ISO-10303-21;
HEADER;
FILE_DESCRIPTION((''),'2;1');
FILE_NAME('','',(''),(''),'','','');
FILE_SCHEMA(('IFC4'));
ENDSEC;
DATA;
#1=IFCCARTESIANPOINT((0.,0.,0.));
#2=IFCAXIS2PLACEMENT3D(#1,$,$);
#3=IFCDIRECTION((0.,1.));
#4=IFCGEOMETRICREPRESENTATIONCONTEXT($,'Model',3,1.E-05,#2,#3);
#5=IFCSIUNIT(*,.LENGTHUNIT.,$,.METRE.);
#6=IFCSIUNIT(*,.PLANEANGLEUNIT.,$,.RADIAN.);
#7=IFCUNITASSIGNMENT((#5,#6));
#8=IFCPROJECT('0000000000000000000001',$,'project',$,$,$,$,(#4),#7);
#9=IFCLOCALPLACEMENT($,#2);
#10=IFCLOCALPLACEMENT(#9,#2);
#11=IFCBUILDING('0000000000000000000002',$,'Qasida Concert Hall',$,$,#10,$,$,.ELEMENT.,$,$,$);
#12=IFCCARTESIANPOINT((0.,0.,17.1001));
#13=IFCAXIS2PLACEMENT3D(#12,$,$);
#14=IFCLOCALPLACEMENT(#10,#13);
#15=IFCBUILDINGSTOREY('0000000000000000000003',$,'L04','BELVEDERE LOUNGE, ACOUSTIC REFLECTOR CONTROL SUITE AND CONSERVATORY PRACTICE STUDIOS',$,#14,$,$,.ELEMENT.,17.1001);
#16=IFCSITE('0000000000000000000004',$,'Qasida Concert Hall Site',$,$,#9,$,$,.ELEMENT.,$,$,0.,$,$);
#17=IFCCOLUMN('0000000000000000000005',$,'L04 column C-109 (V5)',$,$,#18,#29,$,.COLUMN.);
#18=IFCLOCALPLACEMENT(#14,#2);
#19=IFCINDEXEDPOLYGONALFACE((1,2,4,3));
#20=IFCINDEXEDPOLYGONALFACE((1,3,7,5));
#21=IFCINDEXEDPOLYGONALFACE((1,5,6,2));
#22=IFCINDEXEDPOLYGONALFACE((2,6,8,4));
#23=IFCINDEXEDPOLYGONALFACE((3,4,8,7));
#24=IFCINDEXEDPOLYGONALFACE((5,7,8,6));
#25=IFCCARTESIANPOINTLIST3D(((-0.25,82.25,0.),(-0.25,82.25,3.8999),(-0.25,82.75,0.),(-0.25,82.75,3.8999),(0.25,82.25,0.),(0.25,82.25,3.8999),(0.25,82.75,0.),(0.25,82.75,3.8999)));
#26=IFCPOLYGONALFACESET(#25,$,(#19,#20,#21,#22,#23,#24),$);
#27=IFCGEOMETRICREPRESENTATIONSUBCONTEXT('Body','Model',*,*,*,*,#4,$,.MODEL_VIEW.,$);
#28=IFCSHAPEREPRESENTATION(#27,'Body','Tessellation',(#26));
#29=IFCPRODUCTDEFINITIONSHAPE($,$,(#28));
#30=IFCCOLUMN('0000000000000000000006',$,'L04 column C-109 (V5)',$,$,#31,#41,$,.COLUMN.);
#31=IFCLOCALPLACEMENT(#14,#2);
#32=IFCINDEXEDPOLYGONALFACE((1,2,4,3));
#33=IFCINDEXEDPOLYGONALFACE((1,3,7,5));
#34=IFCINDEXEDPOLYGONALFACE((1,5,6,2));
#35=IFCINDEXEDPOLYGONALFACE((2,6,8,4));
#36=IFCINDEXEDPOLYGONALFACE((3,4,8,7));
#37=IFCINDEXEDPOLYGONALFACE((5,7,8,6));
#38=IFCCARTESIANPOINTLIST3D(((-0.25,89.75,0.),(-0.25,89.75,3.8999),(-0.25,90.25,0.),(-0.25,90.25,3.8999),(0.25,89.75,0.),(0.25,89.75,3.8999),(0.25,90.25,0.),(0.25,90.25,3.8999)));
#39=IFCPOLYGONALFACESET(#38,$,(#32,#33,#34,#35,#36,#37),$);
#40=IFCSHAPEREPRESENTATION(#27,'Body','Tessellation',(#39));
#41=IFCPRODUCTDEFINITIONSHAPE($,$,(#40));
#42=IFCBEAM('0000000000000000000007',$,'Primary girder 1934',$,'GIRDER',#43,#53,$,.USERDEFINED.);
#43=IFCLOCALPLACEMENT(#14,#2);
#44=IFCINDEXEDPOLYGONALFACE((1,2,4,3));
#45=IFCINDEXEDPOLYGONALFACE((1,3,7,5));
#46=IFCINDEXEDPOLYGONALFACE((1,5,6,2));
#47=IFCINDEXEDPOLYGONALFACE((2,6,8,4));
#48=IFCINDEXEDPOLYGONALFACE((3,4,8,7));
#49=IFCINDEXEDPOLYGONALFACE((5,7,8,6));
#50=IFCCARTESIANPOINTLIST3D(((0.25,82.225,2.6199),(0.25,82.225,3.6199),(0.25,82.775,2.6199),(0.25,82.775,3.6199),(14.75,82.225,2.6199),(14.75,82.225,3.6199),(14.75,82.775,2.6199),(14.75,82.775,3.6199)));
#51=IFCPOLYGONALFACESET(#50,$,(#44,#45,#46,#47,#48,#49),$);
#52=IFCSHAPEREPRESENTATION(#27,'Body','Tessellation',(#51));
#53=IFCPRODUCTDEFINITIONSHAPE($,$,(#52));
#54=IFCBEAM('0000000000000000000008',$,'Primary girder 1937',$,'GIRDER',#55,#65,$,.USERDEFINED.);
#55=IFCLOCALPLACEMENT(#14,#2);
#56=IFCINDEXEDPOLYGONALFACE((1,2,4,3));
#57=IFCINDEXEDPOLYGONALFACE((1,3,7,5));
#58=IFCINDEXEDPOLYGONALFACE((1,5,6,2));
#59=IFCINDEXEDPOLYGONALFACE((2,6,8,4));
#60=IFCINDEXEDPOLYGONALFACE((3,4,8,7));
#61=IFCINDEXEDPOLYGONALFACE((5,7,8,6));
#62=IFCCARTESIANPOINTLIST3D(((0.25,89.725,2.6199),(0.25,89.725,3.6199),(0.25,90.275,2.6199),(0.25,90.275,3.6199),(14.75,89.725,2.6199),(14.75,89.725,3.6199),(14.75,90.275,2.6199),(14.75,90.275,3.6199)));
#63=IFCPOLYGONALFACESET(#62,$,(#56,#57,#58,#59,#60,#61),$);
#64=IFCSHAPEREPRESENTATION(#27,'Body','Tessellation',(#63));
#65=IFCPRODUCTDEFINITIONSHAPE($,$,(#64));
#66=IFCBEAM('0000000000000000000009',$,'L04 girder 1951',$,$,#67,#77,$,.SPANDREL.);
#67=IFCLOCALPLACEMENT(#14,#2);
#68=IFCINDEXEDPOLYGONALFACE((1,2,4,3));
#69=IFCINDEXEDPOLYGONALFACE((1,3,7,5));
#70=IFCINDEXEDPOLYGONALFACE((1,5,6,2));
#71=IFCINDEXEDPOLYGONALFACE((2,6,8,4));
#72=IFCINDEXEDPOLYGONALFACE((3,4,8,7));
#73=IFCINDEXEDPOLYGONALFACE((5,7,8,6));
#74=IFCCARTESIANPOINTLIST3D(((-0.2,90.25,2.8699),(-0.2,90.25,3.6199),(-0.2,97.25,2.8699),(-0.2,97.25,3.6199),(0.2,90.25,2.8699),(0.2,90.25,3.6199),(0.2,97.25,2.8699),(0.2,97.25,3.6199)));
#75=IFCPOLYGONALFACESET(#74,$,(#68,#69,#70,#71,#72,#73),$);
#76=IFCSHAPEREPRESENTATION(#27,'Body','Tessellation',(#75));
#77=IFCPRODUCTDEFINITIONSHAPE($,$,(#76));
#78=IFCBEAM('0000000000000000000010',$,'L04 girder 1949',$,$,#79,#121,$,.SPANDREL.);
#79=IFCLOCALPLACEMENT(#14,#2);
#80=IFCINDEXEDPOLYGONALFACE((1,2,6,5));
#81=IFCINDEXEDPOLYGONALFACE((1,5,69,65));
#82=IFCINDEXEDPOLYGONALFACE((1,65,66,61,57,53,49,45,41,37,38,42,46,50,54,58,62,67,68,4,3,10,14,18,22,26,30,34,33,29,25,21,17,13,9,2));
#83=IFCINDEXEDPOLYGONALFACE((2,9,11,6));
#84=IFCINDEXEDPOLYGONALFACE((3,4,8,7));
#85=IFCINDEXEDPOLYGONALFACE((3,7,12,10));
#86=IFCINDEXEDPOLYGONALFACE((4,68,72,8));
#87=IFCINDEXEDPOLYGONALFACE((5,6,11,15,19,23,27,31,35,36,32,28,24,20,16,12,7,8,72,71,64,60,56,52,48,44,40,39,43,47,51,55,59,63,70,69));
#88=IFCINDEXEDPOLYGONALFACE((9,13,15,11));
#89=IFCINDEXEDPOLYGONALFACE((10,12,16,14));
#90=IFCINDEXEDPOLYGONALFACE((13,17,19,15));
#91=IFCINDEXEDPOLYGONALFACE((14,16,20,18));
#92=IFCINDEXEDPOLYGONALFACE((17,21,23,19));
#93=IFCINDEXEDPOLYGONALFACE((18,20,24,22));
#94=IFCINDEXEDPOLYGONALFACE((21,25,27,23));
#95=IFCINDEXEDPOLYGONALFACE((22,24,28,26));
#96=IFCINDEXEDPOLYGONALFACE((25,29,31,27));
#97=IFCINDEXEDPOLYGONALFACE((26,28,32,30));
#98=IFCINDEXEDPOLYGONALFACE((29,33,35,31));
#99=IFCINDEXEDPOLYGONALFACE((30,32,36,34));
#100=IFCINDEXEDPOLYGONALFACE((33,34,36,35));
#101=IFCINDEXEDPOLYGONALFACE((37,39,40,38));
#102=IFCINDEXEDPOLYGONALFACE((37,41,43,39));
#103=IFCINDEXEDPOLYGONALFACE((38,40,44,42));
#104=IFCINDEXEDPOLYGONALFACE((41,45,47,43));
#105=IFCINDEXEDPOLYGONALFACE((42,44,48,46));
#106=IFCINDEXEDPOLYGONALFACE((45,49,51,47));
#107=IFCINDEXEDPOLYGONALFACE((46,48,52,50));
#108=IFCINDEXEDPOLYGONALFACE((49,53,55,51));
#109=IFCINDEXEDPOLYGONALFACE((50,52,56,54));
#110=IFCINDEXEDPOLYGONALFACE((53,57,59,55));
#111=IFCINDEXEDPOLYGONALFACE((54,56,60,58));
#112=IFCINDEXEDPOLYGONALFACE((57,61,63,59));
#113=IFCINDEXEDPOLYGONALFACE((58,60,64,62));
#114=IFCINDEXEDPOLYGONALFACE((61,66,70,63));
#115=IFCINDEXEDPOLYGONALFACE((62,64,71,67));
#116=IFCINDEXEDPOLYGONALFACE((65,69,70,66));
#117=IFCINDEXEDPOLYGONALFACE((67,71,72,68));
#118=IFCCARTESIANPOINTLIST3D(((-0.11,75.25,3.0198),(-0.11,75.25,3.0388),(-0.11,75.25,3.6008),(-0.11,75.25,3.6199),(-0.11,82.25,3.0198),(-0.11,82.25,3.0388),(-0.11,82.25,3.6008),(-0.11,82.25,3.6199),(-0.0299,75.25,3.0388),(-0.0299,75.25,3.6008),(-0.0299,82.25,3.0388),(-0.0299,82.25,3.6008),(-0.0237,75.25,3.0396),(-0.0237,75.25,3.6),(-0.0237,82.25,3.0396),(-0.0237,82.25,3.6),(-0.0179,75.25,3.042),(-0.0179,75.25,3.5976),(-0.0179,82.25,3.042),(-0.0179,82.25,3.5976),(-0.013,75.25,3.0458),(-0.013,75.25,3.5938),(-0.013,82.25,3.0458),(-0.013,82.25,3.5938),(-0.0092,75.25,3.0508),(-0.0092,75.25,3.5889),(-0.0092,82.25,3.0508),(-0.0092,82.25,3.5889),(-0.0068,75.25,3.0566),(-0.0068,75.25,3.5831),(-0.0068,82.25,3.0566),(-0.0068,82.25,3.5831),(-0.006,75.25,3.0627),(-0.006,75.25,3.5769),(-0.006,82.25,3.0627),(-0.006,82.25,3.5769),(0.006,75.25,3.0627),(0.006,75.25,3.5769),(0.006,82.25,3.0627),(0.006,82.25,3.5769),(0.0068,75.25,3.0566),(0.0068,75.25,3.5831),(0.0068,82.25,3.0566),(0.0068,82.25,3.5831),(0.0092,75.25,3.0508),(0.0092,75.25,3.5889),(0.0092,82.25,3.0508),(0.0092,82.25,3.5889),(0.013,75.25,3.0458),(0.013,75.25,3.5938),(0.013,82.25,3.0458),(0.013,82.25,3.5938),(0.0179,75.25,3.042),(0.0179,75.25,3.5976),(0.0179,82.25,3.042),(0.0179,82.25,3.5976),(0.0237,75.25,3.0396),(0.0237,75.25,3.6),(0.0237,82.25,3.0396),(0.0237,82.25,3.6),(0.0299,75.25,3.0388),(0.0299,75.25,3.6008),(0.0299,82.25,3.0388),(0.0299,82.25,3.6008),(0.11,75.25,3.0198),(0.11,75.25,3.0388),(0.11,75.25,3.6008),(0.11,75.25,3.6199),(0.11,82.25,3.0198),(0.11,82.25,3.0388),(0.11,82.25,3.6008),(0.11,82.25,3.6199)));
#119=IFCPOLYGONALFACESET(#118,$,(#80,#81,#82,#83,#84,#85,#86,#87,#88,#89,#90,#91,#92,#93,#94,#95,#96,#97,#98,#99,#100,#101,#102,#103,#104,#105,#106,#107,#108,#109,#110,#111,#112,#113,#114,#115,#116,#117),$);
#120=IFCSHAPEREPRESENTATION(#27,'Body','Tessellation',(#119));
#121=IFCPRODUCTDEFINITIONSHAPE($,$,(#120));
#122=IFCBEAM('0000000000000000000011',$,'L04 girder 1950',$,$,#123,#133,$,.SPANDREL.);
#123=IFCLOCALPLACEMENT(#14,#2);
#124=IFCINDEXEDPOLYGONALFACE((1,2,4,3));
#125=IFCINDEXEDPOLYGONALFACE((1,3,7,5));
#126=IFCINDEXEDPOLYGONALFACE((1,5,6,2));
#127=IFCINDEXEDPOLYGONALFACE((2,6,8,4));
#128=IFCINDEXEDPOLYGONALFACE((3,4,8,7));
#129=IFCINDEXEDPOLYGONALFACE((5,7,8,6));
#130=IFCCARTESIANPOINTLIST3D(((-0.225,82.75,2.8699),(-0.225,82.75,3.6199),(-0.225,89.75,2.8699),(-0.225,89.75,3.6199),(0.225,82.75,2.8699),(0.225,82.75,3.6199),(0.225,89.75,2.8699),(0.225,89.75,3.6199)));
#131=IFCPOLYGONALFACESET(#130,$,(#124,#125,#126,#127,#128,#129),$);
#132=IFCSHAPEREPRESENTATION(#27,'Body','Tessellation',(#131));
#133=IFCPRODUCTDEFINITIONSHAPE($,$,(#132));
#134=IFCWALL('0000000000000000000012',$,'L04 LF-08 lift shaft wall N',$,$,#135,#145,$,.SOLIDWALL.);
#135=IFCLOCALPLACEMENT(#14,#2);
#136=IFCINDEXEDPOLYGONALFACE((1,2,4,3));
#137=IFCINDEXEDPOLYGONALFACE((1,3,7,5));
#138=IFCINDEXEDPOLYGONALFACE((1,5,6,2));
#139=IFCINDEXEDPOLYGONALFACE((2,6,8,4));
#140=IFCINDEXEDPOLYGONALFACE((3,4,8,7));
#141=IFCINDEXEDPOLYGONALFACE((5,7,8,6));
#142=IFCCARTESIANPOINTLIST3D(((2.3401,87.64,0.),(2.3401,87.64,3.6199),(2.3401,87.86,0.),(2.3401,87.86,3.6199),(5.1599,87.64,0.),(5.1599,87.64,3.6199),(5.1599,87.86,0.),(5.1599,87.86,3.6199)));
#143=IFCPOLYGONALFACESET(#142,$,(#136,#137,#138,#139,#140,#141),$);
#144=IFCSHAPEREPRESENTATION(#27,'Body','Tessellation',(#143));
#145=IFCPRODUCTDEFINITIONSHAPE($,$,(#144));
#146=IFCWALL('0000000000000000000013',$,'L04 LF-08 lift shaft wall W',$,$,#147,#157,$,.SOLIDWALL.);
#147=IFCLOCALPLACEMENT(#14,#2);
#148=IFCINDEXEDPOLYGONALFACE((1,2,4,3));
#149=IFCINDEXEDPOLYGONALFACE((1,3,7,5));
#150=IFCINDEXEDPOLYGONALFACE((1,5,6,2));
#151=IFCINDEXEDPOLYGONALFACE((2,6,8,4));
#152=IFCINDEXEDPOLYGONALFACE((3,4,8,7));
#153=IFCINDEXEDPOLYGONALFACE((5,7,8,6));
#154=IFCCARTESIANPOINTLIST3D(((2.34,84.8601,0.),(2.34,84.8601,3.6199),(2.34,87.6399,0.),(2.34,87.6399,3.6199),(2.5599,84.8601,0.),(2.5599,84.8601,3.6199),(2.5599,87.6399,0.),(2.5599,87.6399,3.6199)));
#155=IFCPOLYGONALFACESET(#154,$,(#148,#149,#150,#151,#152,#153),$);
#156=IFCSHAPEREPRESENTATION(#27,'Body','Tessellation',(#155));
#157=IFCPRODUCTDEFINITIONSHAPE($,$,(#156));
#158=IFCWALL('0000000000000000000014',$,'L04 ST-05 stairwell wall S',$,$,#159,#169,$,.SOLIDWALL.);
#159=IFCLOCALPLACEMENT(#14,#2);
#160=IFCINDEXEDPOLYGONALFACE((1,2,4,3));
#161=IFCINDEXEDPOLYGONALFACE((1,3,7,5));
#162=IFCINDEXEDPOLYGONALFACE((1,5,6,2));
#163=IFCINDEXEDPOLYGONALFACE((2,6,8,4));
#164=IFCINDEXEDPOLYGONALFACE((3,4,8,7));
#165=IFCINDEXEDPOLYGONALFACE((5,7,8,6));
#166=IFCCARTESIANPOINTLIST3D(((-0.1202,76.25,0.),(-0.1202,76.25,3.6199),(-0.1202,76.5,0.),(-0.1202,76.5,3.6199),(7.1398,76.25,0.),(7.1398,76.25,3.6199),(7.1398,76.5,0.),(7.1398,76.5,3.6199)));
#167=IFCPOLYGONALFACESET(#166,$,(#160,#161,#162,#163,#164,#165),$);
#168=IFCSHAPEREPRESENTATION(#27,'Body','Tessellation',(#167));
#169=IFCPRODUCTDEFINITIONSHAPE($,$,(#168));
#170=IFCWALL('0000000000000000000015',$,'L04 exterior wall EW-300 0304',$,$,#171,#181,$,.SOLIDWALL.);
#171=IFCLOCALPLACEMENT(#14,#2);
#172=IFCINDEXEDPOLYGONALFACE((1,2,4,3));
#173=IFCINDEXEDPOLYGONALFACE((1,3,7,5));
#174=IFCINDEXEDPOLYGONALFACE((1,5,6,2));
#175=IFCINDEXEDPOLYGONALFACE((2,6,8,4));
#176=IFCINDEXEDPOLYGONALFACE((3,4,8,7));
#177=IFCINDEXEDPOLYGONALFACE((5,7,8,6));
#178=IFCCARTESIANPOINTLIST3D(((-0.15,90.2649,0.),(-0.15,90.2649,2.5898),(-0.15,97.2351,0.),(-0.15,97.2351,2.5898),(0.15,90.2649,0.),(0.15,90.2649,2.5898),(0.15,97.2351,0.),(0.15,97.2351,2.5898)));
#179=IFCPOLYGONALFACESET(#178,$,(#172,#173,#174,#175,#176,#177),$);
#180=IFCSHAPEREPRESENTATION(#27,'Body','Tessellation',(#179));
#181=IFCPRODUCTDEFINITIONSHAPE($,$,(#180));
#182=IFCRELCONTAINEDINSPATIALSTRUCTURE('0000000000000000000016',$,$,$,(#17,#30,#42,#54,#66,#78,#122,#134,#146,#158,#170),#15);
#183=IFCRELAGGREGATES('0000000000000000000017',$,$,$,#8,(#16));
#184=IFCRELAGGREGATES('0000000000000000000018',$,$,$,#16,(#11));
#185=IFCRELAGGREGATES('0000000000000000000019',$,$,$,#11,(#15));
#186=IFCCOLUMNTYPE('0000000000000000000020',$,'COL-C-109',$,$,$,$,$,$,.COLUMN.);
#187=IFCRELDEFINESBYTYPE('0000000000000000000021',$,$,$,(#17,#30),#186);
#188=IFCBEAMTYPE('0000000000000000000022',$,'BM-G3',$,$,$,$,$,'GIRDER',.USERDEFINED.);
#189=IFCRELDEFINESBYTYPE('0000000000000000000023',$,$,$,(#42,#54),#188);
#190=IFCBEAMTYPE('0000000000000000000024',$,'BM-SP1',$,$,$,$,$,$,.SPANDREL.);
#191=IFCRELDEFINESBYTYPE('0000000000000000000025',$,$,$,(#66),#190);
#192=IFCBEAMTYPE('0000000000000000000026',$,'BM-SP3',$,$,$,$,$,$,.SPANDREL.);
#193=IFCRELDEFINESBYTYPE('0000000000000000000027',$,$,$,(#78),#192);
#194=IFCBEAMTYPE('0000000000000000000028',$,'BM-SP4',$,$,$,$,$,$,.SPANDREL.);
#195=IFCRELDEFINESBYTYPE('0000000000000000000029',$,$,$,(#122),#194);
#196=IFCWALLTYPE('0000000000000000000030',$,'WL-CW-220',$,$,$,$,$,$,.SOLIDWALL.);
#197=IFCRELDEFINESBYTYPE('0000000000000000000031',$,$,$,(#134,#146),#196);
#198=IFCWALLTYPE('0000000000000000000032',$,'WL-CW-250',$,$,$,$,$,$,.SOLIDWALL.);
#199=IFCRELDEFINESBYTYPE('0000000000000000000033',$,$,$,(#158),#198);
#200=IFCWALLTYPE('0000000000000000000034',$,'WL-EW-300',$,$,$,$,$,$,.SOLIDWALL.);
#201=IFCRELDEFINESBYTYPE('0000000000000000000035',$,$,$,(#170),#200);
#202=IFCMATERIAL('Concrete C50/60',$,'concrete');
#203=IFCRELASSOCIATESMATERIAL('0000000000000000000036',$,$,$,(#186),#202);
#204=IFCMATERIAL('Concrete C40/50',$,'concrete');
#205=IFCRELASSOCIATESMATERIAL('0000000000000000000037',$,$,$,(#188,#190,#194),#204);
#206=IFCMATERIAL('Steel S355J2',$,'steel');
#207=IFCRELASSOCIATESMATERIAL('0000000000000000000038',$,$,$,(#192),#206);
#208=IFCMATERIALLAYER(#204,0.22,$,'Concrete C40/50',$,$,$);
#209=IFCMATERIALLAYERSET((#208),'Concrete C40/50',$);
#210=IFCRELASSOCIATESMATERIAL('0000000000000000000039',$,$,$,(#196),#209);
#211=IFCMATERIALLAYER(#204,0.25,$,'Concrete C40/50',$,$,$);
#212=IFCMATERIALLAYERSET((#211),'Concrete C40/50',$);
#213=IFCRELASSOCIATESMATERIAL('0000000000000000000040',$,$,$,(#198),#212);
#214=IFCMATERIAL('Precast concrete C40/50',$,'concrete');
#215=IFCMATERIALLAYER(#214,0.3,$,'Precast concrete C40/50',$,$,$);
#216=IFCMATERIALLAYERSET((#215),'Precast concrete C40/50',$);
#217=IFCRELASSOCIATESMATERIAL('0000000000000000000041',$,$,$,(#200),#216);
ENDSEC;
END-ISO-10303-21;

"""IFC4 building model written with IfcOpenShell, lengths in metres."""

from ifc_helpers import new_model, si_unit, direction, frame, frame_2d, origin, origin_2d, place, context, subcontext, project, spatial, rectangle, i_section, extrude, material, layer, layer_set, material_profile, profile_set, type_object, element, save


model = new_model("IFC4")

# Units and contexts
model_context = context("Model", 3, precision=1e-05, world=origin(), true_north=direction((0.0, 1.0)))
body_context = subcontext(model_context, "Body", "Model", "MODEL_VIEW")
ifc_project = project(units=[si_unit("LENGTHUNIT", "METRE"), si_unit("PLANEANGLEUNIT", "RADIAN")], contexts=[model_context])

# Site, building, storey
site_placement = place(None, origin())
site = spatial("IfcSite", under=ifc_project, at=site_placement, Name="Qasida Concert Hall Site", CompositionType="ELEMENT", RefElevation=0.0)
building_placement = place(site_placement, origin())
building = spatial("IfcBuilding", under=site, at=building_placement, Name="Qasida Concert Hall", CompositionType="ELEMENT")
storey_placement = place(building_placement, frame((0.0, 0.0, 17.1001)))
storey = spatial("IfcBuildingStorey", under=building, at=storey_placement, Name="L04", Description="BELVEDERE LOUNGE, ACOUSTIC REFLECTOR CONTROL SUITE AND CONSERVATORY PRACTICE STUDIOS", CompositionType="ELEMENT", Elevation=17.1001)

# Columns
ifc_material_1 = material(Name="Concrete C50/60", Category="concrete")
ifc_material_profile_1 = material_profile(ifc_material_1, rectangle(XDim=0.5, YDim=0.5, at=origin_2d()), Name="RC 500x500")
ifc_profile_set_1 = profile_set([ifc_material_profile_1], Name="Concrete C50/60")
column_type = type_object("IfcColumnType", Name="COL-C-109", PredefinedType="COLUMN", material=ifc_profile_set_1)
for number, where, z_axis, x_axis, name in (
    (1, (0.0, 82.5, 0.0), (0.0, 0.0, 1.0), (1.0, 0.0, 0.0), "L04 column C-109 (V5)"),
    (2, (0.0, 90.0, 0.0), (0.0, 0.0, 1.0), (1.0, 0.0, 0.0), "L04 column C-109 (V5)"),
):
    element("IfcColumn", number, at=place(storey_placement, frame(where, z_axis=z_axis, x_axis=x_axis)), inside=storey, type_object=column_type, Name=name, PredefinedType="COLUMN", context=body_context, shape_type="SweptSolid", body=[
        extrude(rectangle(XDim=0.5, YDim=0.5, at=origin_2d()), origin(), (0.0, 0.0, 1.0), 3.8999),
    ])

# Beams
ifc_material_2 = material(Name="Concrete C40/50", Category="concrete")
ifc_material_profile_2 = material_profile(ifc_material_2, rectangle(XDim=0.55, YDim=1.0, at=origin_2d()), Name="RC 550x1000")
ifc_profile_set_2 = profile_set([ifc_material_profile_2], Name="Concrete C40/50")
beam_type_1 = type_object("IfcBeamType", Name="BM-G3", ElementType="GIRDER", PredefinedType="USERDEFINED", material=ifc_profile_set_2)
for number, where, z_axis, x_axis, name in (
    (3, (0.25, 82.5, 3.1199), (1.0, 0.0, 0.0), (0.0, 1.0, 0.0), "Primary girder 1934"),
    (4, (0.25, 90.0, 3.1199), (1.0, 0.0, 0.0), (0.0, 1.0, 0.0), "Primary girder 1937"),
):
    element("IfcBeam", number, at=place(storey_placement, frame(where, z_axis=z_axis, x_axis=x_axis)), inside=storey, type_object=beam_type_1, Name=name, ObjectType="GIRDER", PredefinedType="USERDEFINED", context=body_context, shape_type="SweptSolid", body=[
        extrude(rectangle(XDim=0.55, YDim=1.0, at=origin_2d()), origin(), (0.0, 0.0, 1.0), 14.5),
    ])
ifc_material_profile_3 = material_profile(ifc_material_2, rectangle(XDim=0.3999, YDim=0.75, at=origin_2d()), Name="RC 400x750")
ifc_profile_set_3 = profile_set([ifc_material_profile_3], Name="Concrete C40/50")
beam_type_2 = type_object("IfcBeamType", Name="BM-SP1", PredefinedType="SPANDREL", material=ifc_profile_set_3)
beam_1_placement = place(storey_placement, frame((0.0, 90.25, 3.2449), z_axis=(0.0, 1.0, 0.0), x_axis=(-1.0, 0.0, 0.0)))
element("IfcBeam", 5, at=beam_1_placement, inside=storey, type_object=beam_type_2, Name="L04 girder 1951", PredefinedType="SPANDREL", context=body_context, shape_type="SweptSolid", body=[
    extrude(rectangle(XDim=0.3999, YDim=0.75, at=origin_2d()), origin(), (0.0, 0.0, 1.0), 7.0),
])
ifc_material_3 = material(Name="Steel S355J2", Category="steel")
ifc_material_profile_4 = material_profile(ifc_material_3, i_section(OverallWidth=0.22, OverallDepth=0.6001, WebThickness=0.012, FlangeThickness=0.019, FilletRadius=0.0239, at=origin_2d()), Name="IPE 600")
ifc_profile_set_4 = profile_set([ifc_material_profile_4], Name="Steel S355J2")
beam_type_3 = type_object("IfcBeamType", Name="BM-SP3", PredefinedType="SPANDREL", material=ifc_profile_set_4)
beam_2_placement = place(storey_placement, frame((0.0, 75.25, 3.3198), z_axis=(0.0, 1.0, 0.0), x_axis=(-1.0, 0.0, 0.0)))
element("IfcBeam", 6, at=beam_2_placement, inside=storey, type_object=beam_type_3, Name="L04 girder 1949", PredefinedType="SPANDREL", context=body_context, shape_type="SweptSolid", body=[
    extrude(i_section(OverallWidth=0.22, OverallDepth=0.6001, WebThickness=0.012, FlangeThickness=0.019, FilletRadius=0.0239, at=origin_2d()), origin(), (0.0, 0.0, 1.0), 7.0),
])
ifc_material_profile_5 = material_profile(ifc_material_2, rectangle(XDim=0.45, YDim=0.75, at=origin_2d()), Name="RC 450x750")
ifc_profile_set_5 = profile_set([ifc_material_profile_5], Name="Concrete C40/50")
beam_type_4 = type_object("IfcBeamType", Name="BM-SP4", PredefinedType="SPANDREL", material=ifc_profile_set_5)
beam_3_placement = place(storey_placement, frame((0.0, 82.75, 3.2449), z_axis=(0.0, 1.0, 0.0), x_axis=(-1.0, 0.0, 0.0)))
element("IfcBeam", 7, at=beam_3_placement, inside=storey, type_object=beam_type_4, Name="L04 girder 1950", PredefinedType="SPANDREL", context=body_context, shape_type="SweptSolid", body=[
    extrude(rectangle(XDim=0.45, YDim=0.75, at=origin_2d()), origin(), (0.0, 0.0, 1.0), 7.0),
])

# Shared definitions
ifc_layer_1 = layer(ifc_material_2, 0.22, Name="Concrete C40/50")
ifc_layer_set_1 = layer_set([ifc_layer_1], Name="Concrete C40/50")
wall_type_1 = type_object("IfcWallType", Name="WL-CW-220", PredefinedType="SOLIDWALL", material=ifc_layer_set_1)

# Walls
wall_1_placement = place(storey_placement, frame((2.3401, 87.75, 0.0), z_axis=(0.0, 0.0, 1.0), x_axis=(1.0, 0.0, 0.0)))
element("IfcWall", 8, at=wall_1_placement, inside=storey, type_object=wall_type_1, Name="L04 LF-08 lift shaft wall N", PredefinedType="SOLIDWALL", context=body_context, shape_type="SweptSolid", body=[
    extrude(rectangle(XDim=2.8198, YDim=0.22, at=frame_2d((1.4099, 0.0))), origin(), (0.0, 0.0, 1.0), 3.6199),
])
wall_2_placement = place(storey_placement, frame((2.45, 84.8601, 0.0), z_axis=(0.0, 0.0, 1.0), x_axis=(0.0, 1.0, 0.0)))
element("IfcWall", 9, at=wall_2_placement, inside=storey, type_object=wall_type_1, Name="L04 LF-08 lift shaft wall W", PredefinedType="SOLIDWALL", context=body_context, shape_type="SweptSolid", body=[
    extrude(rectangle(XDim=2.7798, YDim=0.22, at=frame_2d((1.3899, 0.0))), origin(), (0.0, 0.0, 1.0), 3.6199),
])
ifc_layer_2 = layer(ifc_material_2, 0.25, Name="Concrete C40/50")
ifc_layer_set_2 = layer_set([ifc_layer_2], Name="Concrete C40/50")
wall_type_2 = type_object("IfcWallType", Name="WL-CW-250", PredefinedType="SOLIDWALL", material=ifc_layer_set_2)
wall_3_placement = place(storey_placement, frame((-0.1201, 76.375, 0.0), z_axis=(0.0, 0.0, 1.0), x_axis=(1.0, 0.0, 0.0)))
element("IfcWall", 10, at=wall_3_placement, inside=storey, type_object=wall_type_2, Name="L04 ST-05 stairwell wall S", PredefinedType="SOLIDWALL", context=body_context, shape_type="SweptSolid", body=[
    extrude(rectangle(XDim=7.26, YDim=0.25, at=frame_2d((3.6299, 0.0))), origin(), (0.0, 0.0, 1.0), 3.6199),
])

# Wall
ifc_material_4 = material(Name="Precast concrete C40/50", Category="concrete")
ifc_layer_3 = layer(ifc_material_4, 0.3, Name="Precast concrete C40/50")
ifc_layer_set_3 = layer_set([ifc_layer_3], Name="Precast concrete C40/50")
wall_type_3 = type_object("IfcWallType", Name="WL-EW-300", PredefinedType="SOLIDWALL", material=ifc_layer_set_3)
wall_4_placement = place(storey_placement, frame((0.0, 90.2649, 0.0), z_axis=(0.0, 0.0, 1.0), x_axis=(0.0, 1.0, 0.0)))
element("IfcWall", 11, at=wall_4_placement, inside=storey, type_object=wall_type_3, Name="L04 exterior wall EW-300 0304", PredefinedType="SOLIDWALL", context=body_context, shape_type="SweptSolid", body=[
    extrude(rectangle(XDim=6.9702, YDim=0.3, at=frame_2d((3.4851, 0.0))), origin(), (0.0, 0.0, 1.0), 2.5898),
])

save(model, "model.ifc")
